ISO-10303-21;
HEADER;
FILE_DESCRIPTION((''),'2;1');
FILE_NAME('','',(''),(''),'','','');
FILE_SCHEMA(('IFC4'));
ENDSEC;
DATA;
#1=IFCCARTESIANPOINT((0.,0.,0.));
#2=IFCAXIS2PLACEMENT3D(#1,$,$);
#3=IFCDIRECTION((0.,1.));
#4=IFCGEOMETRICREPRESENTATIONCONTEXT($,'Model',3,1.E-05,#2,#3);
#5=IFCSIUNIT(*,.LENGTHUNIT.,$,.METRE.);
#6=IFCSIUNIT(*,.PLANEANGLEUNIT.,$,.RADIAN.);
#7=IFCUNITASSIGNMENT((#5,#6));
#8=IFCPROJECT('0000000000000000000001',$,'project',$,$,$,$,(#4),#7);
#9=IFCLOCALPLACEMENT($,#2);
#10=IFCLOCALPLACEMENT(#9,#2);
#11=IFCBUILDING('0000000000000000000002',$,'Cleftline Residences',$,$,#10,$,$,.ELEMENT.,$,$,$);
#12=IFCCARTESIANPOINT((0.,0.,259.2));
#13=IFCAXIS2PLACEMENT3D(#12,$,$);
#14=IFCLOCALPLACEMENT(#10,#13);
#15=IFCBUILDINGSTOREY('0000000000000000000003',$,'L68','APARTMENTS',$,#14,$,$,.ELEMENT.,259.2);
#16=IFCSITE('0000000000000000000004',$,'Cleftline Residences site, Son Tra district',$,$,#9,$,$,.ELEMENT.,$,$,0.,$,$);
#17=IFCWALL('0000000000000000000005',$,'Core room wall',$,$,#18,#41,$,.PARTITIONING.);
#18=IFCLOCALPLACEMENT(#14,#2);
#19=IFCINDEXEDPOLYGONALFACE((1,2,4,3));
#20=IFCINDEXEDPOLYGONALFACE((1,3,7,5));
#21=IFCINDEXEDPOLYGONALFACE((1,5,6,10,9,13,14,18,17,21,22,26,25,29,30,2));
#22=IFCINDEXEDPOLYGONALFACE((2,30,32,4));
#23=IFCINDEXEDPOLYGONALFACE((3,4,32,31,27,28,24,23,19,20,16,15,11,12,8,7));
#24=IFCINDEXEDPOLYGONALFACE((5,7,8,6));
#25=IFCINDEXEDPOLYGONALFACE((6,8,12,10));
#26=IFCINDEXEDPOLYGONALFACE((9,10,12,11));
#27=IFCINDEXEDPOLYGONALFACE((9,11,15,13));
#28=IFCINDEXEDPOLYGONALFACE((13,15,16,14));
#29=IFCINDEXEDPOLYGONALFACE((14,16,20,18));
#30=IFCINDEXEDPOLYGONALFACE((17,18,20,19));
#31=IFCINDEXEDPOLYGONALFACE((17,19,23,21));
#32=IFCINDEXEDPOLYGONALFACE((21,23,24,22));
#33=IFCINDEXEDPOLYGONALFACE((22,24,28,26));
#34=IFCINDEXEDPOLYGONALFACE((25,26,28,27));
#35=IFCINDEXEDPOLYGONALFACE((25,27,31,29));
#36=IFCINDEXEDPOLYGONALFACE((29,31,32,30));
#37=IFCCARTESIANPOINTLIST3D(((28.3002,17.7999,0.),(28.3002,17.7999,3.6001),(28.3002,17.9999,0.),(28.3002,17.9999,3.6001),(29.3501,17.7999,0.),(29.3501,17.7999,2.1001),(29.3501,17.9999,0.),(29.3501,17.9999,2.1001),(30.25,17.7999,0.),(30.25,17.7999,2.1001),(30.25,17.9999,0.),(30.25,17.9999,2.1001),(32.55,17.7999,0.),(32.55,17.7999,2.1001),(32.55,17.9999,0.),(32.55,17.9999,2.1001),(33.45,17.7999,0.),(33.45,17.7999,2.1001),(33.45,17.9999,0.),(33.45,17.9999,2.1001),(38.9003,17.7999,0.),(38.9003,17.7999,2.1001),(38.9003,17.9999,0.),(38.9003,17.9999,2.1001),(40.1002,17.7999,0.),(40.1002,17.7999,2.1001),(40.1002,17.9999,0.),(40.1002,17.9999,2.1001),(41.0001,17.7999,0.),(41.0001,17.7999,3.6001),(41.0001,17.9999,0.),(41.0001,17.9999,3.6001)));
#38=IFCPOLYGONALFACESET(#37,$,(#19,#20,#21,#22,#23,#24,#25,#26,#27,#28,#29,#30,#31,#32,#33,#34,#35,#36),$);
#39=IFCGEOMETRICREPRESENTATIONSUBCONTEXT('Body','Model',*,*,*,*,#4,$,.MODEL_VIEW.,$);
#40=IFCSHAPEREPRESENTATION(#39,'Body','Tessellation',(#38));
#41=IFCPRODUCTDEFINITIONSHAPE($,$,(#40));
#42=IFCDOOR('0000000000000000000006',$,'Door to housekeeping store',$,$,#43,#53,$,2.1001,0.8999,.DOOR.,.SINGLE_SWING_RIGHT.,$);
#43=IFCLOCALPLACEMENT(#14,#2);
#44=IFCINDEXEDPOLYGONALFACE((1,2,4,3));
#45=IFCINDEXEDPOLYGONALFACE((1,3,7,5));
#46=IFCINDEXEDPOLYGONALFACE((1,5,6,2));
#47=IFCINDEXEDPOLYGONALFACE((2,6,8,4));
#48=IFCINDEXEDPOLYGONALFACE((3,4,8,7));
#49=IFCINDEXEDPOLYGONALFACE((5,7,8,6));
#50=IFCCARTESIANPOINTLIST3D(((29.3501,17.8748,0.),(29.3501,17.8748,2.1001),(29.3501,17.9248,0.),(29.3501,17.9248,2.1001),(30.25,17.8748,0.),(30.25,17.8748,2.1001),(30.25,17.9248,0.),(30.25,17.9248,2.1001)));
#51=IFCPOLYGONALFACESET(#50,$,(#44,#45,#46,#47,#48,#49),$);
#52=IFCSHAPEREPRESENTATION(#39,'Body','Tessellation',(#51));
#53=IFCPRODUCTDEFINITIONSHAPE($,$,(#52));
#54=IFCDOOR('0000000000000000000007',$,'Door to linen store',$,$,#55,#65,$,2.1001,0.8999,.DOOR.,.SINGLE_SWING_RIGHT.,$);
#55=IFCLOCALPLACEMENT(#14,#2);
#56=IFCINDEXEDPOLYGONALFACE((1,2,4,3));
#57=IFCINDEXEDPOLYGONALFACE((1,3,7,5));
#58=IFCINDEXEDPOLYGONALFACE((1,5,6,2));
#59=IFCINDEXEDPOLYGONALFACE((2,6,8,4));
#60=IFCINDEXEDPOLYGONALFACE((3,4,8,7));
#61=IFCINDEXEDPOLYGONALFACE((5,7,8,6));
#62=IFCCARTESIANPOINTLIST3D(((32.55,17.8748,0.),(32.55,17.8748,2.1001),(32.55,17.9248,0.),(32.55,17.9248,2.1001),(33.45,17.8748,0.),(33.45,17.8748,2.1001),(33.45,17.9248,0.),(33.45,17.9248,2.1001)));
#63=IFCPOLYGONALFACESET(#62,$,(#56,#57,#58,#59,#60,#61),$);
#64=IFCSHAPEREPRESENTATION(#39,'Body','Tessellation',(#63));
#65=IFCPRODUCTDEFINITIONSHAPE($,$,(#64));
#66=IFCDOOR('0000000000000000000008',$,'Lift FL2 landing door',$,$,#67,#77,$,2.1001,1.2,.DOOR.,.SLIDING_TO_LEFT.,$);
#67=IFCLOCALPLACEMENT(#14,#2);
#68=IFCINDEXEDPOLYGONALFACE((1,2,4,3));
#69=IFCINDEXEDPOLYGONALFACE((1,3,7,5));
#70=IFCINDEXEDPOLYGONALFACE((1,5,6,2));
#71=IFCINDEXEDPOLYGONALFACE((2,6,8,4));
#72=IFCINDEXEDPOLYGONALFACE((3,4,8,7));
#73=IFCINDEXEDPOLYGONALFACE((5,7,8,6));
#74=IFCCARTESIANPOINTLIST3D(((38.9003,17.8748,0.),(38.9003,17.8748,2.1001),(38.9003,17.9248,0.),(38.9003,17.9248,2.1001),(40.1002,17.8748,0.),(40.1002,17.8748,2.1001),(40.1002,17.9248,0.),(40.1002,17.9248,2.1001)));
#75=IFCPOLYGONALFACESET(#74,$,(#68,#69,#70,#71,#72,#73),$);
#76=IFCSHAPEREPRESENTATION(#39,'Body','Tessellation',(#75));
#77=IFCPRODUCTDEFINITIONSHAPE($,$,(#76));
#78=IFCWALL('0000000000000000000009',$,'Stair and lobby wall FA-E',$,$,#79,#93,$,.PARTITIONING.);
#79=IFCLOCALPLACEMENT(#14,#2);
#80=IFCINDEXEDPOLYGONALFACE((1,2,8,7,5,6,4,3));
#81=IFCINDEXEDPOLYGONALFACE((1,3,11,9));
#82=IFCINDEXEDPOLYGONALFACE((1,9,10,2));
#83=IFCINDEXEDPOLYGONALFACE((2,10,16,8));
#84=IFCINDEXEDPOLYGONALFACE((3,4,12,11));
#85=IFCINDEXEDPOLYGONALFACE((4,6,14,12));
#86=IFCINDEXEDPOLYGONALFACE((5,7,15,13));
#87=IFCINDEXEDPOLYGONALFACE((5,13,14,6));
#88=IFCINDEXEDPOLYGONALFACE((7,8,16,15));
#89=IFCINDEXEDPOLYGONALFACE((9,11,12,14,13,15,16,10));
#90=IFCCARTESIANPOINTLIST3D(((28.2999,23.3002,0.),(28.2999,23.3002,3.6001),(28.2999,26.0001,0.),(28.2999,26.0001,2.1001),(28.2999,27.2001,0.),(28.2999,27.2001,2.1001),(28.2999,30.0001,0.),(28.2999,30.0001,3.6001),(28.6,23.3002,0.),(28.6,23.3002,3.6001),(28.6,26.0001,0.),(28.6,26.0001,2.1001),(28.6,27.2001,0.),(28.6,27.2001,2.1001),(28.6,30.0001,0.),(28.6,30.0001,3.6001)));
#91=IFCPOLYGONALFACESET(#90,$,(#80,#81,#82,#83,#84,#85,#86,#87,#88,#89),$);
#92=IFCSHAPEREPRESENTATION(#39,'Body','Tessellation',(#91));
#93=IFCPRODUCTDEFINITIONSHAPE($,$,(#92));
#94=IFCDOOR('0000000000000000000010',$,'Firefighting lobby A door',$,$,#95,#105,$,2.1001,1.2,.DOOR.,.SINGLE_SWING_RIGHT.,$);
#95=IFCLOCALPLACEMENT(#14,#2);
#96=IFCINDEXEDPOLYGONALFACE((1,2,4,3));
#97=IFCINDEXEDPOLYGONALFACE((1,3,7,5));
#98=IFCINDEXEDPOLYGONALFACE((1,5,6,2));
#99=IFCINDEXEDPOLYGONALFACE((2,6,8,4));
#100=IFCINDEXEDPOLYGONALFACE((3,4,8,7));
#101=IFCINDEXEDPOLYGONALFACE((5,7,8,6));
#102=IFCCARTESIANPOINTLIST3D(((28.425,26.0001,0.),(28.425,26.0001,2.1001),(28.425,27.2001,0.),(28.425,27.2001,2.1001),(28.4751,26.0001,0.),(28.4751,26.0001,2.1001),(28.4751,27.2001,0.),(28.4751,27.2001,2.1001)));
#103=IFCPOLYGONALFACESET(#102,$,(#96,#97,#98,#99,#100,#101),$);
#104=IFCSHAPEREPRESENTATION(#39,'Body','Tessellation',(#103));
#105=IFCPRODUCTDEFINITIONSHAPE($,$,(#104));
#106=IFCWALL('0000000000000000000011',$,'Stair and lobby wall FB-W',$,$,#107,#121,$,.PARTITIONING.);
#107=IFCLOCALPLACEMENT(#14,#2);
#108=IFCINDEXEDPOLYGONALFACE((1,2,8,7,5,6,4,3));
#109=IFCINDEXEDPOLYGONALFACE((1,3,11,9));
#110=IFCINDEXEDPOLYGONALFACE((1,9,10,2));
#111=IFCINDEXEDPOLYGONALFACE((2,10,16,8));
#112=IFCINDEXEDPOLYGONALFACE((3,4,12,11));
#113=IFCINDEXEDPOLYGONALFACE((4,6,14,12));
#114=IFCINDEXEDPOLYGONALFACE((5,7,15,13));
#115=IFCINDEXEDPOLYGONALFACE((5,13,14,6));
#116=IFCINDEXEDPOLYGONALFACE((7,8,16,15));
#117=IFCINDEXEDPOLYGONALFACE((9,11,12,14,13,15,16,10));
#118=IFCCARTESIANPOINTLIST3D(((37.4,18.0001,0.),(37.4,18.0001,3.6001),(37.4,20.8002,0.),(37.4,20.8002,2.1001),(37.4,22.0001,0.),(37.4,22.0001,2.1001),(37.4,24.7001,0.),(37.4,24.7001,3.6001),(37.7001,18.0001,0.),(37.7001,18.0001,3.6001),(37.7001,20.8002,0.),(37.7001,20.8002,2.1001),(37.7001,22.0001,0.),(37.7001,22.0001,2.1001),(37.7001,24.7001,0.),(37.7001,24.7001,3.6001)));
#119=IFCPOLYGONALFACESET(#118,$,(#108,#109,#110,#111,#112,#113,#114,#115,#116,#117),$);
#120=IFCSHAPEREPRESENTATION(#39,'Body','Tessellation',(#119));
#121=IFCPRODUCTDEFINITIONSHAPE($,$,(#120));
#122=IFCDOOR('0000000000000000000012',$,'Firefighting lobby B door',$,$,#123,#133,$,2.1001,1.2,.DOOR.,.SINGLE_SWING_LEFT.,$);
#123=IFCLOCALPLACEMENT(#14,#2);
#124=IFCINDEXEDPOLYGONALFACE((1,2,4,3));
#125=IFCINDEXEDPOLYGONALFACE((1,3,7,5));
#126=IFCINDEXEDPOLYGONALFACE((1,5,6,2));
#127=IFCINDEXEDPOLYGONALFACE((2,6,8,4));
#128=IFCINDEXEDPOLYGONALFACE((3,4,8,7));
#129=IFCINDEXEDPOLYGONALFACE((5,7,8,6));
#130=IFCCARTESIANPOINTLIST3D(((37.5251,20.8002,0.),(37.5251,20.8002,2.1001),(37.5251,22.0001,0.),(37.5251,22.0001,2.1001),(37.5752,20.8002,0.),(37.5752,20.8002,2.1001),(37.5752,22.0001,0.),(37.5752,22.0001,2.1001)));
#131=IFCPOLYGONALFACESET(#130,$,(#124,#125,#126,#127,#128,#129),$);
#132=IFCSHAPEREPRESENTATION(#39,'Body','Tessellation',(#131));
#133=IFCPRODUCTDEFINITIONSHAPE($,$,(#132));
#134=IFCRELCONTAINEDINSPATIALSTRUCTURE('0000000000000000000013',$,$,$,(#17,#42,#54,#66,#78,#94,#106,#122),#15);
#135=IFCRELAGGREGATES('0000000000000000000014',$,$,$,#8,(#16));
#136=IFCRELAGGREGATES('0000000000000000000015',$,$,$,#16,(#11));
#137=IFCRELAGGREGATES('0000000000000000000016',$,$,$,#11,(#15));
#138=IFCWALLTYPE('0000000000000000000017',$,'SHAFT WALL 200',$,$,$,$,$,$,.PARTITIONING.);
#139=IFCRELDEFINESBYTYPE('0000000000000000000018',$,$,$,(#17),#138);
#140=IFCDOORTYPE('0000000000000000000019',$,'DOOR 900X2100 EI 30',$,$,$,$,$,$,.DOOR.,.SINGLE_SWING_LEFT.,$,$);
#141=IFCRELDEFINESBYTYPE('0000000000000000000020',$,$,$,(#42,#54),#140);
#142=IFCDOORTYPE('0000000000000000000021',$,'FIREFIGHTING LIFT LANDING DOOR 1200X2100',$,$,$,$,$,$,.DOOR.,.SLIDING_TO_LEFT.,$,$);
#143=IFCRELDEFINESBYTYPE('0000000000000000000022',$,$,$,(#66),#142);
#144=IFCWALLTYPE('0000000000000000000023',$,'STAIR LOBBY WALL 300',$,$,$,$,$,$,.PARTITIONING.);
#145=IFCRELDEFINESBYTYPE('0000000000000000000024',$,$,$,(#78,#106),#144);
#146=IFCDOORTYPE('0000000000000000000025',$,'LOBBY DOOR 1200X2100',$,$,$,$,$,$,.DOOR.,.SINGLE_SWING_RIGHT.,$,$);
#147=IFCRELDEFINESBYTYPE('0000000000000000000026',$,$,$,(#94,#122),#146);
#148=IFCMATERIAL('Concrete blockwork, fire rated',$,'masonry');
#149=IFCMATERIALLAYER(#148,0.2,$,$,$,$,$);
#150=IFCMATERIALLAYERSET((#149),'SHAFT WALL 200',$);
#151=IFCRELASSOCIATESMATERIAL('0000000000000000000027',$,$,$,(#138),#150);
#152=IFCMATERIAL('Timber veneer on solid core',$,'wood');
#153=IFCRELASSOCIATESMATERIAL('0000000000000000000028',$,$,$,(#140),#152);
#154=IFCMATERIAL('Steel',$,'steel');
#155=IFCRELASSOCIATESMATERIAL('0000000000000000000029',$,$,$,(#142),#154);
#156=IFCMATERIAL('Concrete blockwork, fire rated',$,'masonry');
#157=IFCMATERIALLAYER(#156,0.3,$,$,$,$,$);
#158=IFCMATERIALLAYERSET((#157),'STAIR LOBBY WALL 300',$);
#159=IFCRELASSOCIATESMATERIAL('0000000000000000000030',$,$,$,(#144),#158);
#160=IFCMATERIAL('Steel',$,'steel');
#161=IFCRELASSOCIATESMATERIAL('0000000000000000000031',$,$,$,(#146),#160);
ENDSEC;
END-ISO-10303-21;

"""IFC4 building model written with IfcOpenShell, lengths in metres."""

from ifc_helpers import new_model, si_unit, direction, frame, frame_2d, origin, place, context, subcontext, project, spatial, rectangle, extrude, material, layer, layer_set, type_object, element, fill, save


model = new_model("IFC4")

# Units and contexts
model_context = context("Model", 3, precision=1e-05, world=origin(), true_north=direction((0.0, 1.0)))
body_context = subcontext(model_context, "Body", "Model", "MODEL_VIEW")
ifc_project = project(units=[si_unit("LENGTHUNIT", "METRE"), si_unit("PLANEANGLEUNIT", "RADIAN")], contexts=[model_context])

# Site, building, storey
site_placement = place(None, origin())
site = spatial("IfcSite", under=ifc_project, at=site_placement, Name="Cleftline Residences site, Son Tra district", CompositionType="ELEMENT", RefElevation=0.0)
building_placement = place(site_placement, origin())
building = spatial("IfcBuilding", under=site, at=building_placement, Name="Cleftline Residences", CompositionType="ELEMENT")
storey_placement = place(building_placement, frame((0.0, 0.0, 259.2)))
storey = spatial("IfcBuildingStorey", under=building, at=storey_placement, Name="L68", Description="APARTMENTS", CompositionType="ELEMENT", Elevation=259.2)

# Wall, openings, doors
ifc_material_1 = material(Name="Concrete blockwork, fire rated", Category="masonry")
ifc_layer_1 = layer(ifc_material_1, 0.2)
ifc_layer_set_1 = layer_set([ifc_layer_1], Name="SHAFT WALL 200")
wall_type_1 = type_object("IfcWallType", Name="SHAFT WALL 200", PredefinedType="PARTITIONING", material=ifc_layer_set_1)
wall_1_placement = place(storey_placement, frame((28.3, 17.8999, 0.0), z_axis=(0.0, 0.0, 1.0), x_axis=(1.0, 0.0, 0.0)))
wall_1 = element("IfcWall", 1, at=wall_1_placement, inside=storey, type_object=wall_type_1, Name="Core room wall", PredefinedType="PARTITIONING", context=body_context, shape_type="SweptSolid", body=[
    extrude(rectangle(XDim=12.7, YDim=0.2, at=frame_2d((6.3501, 0.0))), origin(), (0.0, 0.0, 1.0), 3.6001),
])
opening_1_placement = place(wall_1_placement, frame((1.05, 0.0, 0.0)))
opening_1 = element("IfcOpeningElement", 2, at=opening_1_placement, cuts=wall_1, PredefinedType="OPENING", context=body_context, shape_type="SweptSolid", body=[
    extrude(rectangle(XDim=0.8999, YDim=2.1001, at=frame_2d((0.45, 1.05))), frame((0.0, 0.1099, 0.0), z_axis=(0.0, -1.0, 0.0), x_axis=(1.0, 0.0, 0.0)), (0.0, 0.0, 1.0), 0.22),
])
opening_2_placement = place(wall_1_placement, frame((4.25, 0.0, 0.0)))
opening_2 = element("IfcOpeningElement", 3, at=opening_2_placement, cuts=wall_1, PredefinedType="OPENING", context=body_context, shape_type="SweptSolid", body=[
    extrude(rectangle(XDim=0.8999, YDim=2.1001, at=frame_2d((0.45, 1.05))), frame((0.0, 0.1099, 0.0), z_axis=(0.0, -1.0, 0.0), x_axis=(1.0, 0.0, 0.0)), (0.0, 0.0, 1.0), 0.22),
])
opening_3_placement = place(wall_1_placement, frame((10.6001, 0.0, 0.0)))
opening_3 = element("IfcOpeningElement", 4, at=opening_3_placement, cuts=wall_1, PredefinedType="OPENING", context=body_context, shape_type="SweptSolid", body=[
    extrude(rectangle(XDim=1.2, YDim=2.1001, at=frame_2d((0.6001, 1.05))), frame((0.0, 0.1099, 0.0), z_axis=(0.0, -1.0, 0.0), x_axis=(1.0, 0.0, 0.0)), (0.0, 0.0, 1.0), 0.22),
])
ifc_material_2 = material(Name="Timber veneer on solid core", Category="wood")
door_type_1 = type_object("IfcDoorType", Name="DOOR 900X2100 EI 30", OperationType="SINGLE_SWING_LEFT", PredefinedType="DOOR", material=ifc_material_2)
door_1_placement = place(opening_1_placement, origin())
door_1 = element("IfcDoor", 5, at=door_1_placement, inside=storey, type_object=door_type_1, Name="Door to housekeeping store", OperationType="SINGLE_SWING_RIGHT", OverallHeight=2.1001, OverallWidth=0.8999, PredefinedType="DOOR", context=body_context, shape_type="SweptSolid", body=[
    extrude(rectangle(XDim=0.8999, YDim=2.1001, at=frame_2d((0.45, 1.05))), frame((0.0, 0.0249, 0.0), z_axis=(0.0, -1.0, 0.0), x_axis=(1.0, 0.0, 0.0)), (0.0, 0.0, 1.0), 0.05),
])
fill(opening_1, door_1)
door_2_placement = place(opening_2_placement, origin())
door_2 = element("IfcDoor", 6, at=door_2_placement, inside=storey, type_object=door_type_1, Name="Door to linen store", OperationType="SINGLE_SWING_RIGHT", OverallHeight=2.1001, OverallWidth=0.8999, PredefinedType="DOOR", context=body_context, shape_type="SweptSolid", body=[
    extrude(rectangle(XDim=0.8999, YDim=2.1001, at=frame_2d((0.45, 1.05))), frame((0.0, 0.0249, 0.0), z_axis=(0.0, -1.0, 0.0), x_axis=(1.0, 0.0, 0.0)), (0.0, 0.0, 1.0), 0.05),
])
fill(opening_2, door_2)
ifc_material_3 = material(Name="Steel", Category="steel")
door_type_2 = type_object("IfcDoorType", Name="FIREFIGHTING LIFT LANDING DOOR 1200X2100", OperationType="SLIDING_TO_LEFT", PredefinedType="DOOR", material=ifc_material_3)
door_3_placement = place(opening_3_placement, origin())
door_3 = element("IfcDoor", 7, at=door_3_placement, inside=storey, type_object=door_type_2, Name="Lift FL2 landing door", OperationType="SLIDING_TO_LEFT", OverallHeight=2.1001, OverallWidth=1.2, PredefinedType="DOOR", context=body_context, shape_type="SweptSolid", body=[
    extrude(rectangle(XDim=1.2, YDim=2.1001, at=frame_2d((0.6001, 1.05))), frame((0.0, 0.0249, 0.0), z_axis=(0.0, -1.0, 0.0), x_axis=(1.0, 0.0, 0.0)), (0.0, 0.0, 1.0), 0.05),
])
fill(opening_3, door_3)

# Walls, openings, doors
ifc_material_4 = material(Name="Concrete blockwork, fire rated", Category="masonry")
ifc_layer_2 = layer(ifc_material_4, 0.3)
ifc_layer_set_2 = layer_set([ifc_layer_2], Name="STAIR LOBBY WALL 300")
wall_type_2 = type_object("IfcWallType", Name="STAIR LOBBY WALL 300", PredefinedType="PARTITIONING", material=ifc_layer_set_2)
wall_2_placement = place(storey_placement, frame((28.45, 23.3, 0.0), z_axis=(0.0, 0.0, 1.0), x_axis=(0.0, 1.0, 0.0)))
wall_2 = element("IfcWall", 8, at=wall_2_placement, inside=storey, type_object=wall_type_2, Name="Stair and lobby wall FA-E", PredefinedType="PARTITIONING", context=body_context, shape_type="SweptSolid", body=[
    extrude(rectangle(XDim=6.7, YDim=0.3, at=frame_2d((3.3501, 0.0))), origin(), (0.0, 0.0, 1.0), 3.6001),
])
opening_4_placement = place(wall_2_placement, frame((2.7, 0.0, 0.0)))
opening_4 = element("IfcOpeningElement", 9, at=opening_4_placement, cuts=wall_2, PredefinedType="OPENING", context=body_context, shape_type="SweptSolid", body=[
    extrude(rectangle(XDim=1.2, YDim=2.1001, at=frame_2d((0.6001, 1.05))), frame((0.0, 0.1599, 0.0), z_axis=(0.0, -1.0, 0.0), x_axis=(1.0, 0.0, 0.0)), (0.0, 0.0, 1.0), 0.3201),
])
ifc_material_5 = material(Name="Steel", Category="steel")
door_type_3 = type_object("IfcDoorType", Name="LOBBY DOOR 1200X2100", OperationType="SINGLE_SWING_RIGHT", PredefinedType="DOOR", material=ifc_material_5)
door_4_placement = place(opening_4_placement, origin())
door_4 = element("IfcDoor", 10, at=door_4_placement, inside=storey, type_object=door_type_3, Name="Firefighting lobby A door", OperationType="SINGLE_SWING_RIGHT", OverallHeight=2.1001, OverallWidth=1.2, PredefinedType="DOOR", context=body_context, shape_type="SweptSolid", body=[
    extrude(rectangle(XDim=1.2, YDim=2.1001, at=frame_2d((0.6001, 1.05))), frame((0.0, 0.0249, 0.0), z_axis=(0.0, -1.0, 0.0), x_axis=(1.0, 0.0, 0.0)), (0.0, 0.0, 1.0), 0.05),
])
fill(opening_4, door_4)
wall_3_placement = place(storey_placement, frame((37.55, 18.0, 0.0), z_axis=(0.0, 0.0, 1.0), x_axis=(0.0, 1.0, 0.0)))
wall_3 = element("IfcWall", 11, at=wall_3_placement, inside=storey, type_object=wall_type_2, Name="Stair and lobby wall FB-W", PredefinedType="PARTITIONING", context=body_context, shape_type="SweptSolid", body=[
    extrude(rectangle(XDim=6.7, YDim=0.3, at=frame_2d((3.3501, 0.0))), origin(), (0.0, 0.0, 1.0), 3.6001),
])
opening_5_placement = place(wall_3_placement, frame((2.8, 0.0, 0.0)))
opening_5 = element("IfcOpeningElement", 12, at=opening_5_placement, cuts=wall_3, PredefinedType="OPENING", context=body_context, shape_type="SweptSolid", body=[
    extrude(rectangle(XDim=1.2, YDim=2.1001, at=frame_2d((0.6001, 1.05))), frame((0.0, 0.1599, 0.0), z_axis=(0.0, -1.0, 0.0), x_axis=(1.0, 0.0, 0.0)), (0.0, 0.0, 1.0), 0.3201),
])
door_5_placement = place(opening_5_placement, origin())
door_5 = element("IfcDoor", 13, at=door_5_placement, inside=storey, type_object=door_type_3, Name="Firefighting lobby B door", OperationType="SINGLE_SWING_LEFT", OverallHeight=2.1001, OverallWidth=1.2, PredefinedType="DOOR", context=body_context, shape_type="SweptSolid", body=[
    extrude(rectangle(XDim=1.2, YDim=2.1001, at=frame_2d((0.6001, 1.05))), frame((0.0, 0.0249, 0.0), z_axis=(0.0, -1.0, 0.0), x_axis=(1.0, 0.0, 0.0)), (0.0, 0.0, 1.0), 0.05),
])
fill(opening_5, door_5)

save(model, "model.ifc")
